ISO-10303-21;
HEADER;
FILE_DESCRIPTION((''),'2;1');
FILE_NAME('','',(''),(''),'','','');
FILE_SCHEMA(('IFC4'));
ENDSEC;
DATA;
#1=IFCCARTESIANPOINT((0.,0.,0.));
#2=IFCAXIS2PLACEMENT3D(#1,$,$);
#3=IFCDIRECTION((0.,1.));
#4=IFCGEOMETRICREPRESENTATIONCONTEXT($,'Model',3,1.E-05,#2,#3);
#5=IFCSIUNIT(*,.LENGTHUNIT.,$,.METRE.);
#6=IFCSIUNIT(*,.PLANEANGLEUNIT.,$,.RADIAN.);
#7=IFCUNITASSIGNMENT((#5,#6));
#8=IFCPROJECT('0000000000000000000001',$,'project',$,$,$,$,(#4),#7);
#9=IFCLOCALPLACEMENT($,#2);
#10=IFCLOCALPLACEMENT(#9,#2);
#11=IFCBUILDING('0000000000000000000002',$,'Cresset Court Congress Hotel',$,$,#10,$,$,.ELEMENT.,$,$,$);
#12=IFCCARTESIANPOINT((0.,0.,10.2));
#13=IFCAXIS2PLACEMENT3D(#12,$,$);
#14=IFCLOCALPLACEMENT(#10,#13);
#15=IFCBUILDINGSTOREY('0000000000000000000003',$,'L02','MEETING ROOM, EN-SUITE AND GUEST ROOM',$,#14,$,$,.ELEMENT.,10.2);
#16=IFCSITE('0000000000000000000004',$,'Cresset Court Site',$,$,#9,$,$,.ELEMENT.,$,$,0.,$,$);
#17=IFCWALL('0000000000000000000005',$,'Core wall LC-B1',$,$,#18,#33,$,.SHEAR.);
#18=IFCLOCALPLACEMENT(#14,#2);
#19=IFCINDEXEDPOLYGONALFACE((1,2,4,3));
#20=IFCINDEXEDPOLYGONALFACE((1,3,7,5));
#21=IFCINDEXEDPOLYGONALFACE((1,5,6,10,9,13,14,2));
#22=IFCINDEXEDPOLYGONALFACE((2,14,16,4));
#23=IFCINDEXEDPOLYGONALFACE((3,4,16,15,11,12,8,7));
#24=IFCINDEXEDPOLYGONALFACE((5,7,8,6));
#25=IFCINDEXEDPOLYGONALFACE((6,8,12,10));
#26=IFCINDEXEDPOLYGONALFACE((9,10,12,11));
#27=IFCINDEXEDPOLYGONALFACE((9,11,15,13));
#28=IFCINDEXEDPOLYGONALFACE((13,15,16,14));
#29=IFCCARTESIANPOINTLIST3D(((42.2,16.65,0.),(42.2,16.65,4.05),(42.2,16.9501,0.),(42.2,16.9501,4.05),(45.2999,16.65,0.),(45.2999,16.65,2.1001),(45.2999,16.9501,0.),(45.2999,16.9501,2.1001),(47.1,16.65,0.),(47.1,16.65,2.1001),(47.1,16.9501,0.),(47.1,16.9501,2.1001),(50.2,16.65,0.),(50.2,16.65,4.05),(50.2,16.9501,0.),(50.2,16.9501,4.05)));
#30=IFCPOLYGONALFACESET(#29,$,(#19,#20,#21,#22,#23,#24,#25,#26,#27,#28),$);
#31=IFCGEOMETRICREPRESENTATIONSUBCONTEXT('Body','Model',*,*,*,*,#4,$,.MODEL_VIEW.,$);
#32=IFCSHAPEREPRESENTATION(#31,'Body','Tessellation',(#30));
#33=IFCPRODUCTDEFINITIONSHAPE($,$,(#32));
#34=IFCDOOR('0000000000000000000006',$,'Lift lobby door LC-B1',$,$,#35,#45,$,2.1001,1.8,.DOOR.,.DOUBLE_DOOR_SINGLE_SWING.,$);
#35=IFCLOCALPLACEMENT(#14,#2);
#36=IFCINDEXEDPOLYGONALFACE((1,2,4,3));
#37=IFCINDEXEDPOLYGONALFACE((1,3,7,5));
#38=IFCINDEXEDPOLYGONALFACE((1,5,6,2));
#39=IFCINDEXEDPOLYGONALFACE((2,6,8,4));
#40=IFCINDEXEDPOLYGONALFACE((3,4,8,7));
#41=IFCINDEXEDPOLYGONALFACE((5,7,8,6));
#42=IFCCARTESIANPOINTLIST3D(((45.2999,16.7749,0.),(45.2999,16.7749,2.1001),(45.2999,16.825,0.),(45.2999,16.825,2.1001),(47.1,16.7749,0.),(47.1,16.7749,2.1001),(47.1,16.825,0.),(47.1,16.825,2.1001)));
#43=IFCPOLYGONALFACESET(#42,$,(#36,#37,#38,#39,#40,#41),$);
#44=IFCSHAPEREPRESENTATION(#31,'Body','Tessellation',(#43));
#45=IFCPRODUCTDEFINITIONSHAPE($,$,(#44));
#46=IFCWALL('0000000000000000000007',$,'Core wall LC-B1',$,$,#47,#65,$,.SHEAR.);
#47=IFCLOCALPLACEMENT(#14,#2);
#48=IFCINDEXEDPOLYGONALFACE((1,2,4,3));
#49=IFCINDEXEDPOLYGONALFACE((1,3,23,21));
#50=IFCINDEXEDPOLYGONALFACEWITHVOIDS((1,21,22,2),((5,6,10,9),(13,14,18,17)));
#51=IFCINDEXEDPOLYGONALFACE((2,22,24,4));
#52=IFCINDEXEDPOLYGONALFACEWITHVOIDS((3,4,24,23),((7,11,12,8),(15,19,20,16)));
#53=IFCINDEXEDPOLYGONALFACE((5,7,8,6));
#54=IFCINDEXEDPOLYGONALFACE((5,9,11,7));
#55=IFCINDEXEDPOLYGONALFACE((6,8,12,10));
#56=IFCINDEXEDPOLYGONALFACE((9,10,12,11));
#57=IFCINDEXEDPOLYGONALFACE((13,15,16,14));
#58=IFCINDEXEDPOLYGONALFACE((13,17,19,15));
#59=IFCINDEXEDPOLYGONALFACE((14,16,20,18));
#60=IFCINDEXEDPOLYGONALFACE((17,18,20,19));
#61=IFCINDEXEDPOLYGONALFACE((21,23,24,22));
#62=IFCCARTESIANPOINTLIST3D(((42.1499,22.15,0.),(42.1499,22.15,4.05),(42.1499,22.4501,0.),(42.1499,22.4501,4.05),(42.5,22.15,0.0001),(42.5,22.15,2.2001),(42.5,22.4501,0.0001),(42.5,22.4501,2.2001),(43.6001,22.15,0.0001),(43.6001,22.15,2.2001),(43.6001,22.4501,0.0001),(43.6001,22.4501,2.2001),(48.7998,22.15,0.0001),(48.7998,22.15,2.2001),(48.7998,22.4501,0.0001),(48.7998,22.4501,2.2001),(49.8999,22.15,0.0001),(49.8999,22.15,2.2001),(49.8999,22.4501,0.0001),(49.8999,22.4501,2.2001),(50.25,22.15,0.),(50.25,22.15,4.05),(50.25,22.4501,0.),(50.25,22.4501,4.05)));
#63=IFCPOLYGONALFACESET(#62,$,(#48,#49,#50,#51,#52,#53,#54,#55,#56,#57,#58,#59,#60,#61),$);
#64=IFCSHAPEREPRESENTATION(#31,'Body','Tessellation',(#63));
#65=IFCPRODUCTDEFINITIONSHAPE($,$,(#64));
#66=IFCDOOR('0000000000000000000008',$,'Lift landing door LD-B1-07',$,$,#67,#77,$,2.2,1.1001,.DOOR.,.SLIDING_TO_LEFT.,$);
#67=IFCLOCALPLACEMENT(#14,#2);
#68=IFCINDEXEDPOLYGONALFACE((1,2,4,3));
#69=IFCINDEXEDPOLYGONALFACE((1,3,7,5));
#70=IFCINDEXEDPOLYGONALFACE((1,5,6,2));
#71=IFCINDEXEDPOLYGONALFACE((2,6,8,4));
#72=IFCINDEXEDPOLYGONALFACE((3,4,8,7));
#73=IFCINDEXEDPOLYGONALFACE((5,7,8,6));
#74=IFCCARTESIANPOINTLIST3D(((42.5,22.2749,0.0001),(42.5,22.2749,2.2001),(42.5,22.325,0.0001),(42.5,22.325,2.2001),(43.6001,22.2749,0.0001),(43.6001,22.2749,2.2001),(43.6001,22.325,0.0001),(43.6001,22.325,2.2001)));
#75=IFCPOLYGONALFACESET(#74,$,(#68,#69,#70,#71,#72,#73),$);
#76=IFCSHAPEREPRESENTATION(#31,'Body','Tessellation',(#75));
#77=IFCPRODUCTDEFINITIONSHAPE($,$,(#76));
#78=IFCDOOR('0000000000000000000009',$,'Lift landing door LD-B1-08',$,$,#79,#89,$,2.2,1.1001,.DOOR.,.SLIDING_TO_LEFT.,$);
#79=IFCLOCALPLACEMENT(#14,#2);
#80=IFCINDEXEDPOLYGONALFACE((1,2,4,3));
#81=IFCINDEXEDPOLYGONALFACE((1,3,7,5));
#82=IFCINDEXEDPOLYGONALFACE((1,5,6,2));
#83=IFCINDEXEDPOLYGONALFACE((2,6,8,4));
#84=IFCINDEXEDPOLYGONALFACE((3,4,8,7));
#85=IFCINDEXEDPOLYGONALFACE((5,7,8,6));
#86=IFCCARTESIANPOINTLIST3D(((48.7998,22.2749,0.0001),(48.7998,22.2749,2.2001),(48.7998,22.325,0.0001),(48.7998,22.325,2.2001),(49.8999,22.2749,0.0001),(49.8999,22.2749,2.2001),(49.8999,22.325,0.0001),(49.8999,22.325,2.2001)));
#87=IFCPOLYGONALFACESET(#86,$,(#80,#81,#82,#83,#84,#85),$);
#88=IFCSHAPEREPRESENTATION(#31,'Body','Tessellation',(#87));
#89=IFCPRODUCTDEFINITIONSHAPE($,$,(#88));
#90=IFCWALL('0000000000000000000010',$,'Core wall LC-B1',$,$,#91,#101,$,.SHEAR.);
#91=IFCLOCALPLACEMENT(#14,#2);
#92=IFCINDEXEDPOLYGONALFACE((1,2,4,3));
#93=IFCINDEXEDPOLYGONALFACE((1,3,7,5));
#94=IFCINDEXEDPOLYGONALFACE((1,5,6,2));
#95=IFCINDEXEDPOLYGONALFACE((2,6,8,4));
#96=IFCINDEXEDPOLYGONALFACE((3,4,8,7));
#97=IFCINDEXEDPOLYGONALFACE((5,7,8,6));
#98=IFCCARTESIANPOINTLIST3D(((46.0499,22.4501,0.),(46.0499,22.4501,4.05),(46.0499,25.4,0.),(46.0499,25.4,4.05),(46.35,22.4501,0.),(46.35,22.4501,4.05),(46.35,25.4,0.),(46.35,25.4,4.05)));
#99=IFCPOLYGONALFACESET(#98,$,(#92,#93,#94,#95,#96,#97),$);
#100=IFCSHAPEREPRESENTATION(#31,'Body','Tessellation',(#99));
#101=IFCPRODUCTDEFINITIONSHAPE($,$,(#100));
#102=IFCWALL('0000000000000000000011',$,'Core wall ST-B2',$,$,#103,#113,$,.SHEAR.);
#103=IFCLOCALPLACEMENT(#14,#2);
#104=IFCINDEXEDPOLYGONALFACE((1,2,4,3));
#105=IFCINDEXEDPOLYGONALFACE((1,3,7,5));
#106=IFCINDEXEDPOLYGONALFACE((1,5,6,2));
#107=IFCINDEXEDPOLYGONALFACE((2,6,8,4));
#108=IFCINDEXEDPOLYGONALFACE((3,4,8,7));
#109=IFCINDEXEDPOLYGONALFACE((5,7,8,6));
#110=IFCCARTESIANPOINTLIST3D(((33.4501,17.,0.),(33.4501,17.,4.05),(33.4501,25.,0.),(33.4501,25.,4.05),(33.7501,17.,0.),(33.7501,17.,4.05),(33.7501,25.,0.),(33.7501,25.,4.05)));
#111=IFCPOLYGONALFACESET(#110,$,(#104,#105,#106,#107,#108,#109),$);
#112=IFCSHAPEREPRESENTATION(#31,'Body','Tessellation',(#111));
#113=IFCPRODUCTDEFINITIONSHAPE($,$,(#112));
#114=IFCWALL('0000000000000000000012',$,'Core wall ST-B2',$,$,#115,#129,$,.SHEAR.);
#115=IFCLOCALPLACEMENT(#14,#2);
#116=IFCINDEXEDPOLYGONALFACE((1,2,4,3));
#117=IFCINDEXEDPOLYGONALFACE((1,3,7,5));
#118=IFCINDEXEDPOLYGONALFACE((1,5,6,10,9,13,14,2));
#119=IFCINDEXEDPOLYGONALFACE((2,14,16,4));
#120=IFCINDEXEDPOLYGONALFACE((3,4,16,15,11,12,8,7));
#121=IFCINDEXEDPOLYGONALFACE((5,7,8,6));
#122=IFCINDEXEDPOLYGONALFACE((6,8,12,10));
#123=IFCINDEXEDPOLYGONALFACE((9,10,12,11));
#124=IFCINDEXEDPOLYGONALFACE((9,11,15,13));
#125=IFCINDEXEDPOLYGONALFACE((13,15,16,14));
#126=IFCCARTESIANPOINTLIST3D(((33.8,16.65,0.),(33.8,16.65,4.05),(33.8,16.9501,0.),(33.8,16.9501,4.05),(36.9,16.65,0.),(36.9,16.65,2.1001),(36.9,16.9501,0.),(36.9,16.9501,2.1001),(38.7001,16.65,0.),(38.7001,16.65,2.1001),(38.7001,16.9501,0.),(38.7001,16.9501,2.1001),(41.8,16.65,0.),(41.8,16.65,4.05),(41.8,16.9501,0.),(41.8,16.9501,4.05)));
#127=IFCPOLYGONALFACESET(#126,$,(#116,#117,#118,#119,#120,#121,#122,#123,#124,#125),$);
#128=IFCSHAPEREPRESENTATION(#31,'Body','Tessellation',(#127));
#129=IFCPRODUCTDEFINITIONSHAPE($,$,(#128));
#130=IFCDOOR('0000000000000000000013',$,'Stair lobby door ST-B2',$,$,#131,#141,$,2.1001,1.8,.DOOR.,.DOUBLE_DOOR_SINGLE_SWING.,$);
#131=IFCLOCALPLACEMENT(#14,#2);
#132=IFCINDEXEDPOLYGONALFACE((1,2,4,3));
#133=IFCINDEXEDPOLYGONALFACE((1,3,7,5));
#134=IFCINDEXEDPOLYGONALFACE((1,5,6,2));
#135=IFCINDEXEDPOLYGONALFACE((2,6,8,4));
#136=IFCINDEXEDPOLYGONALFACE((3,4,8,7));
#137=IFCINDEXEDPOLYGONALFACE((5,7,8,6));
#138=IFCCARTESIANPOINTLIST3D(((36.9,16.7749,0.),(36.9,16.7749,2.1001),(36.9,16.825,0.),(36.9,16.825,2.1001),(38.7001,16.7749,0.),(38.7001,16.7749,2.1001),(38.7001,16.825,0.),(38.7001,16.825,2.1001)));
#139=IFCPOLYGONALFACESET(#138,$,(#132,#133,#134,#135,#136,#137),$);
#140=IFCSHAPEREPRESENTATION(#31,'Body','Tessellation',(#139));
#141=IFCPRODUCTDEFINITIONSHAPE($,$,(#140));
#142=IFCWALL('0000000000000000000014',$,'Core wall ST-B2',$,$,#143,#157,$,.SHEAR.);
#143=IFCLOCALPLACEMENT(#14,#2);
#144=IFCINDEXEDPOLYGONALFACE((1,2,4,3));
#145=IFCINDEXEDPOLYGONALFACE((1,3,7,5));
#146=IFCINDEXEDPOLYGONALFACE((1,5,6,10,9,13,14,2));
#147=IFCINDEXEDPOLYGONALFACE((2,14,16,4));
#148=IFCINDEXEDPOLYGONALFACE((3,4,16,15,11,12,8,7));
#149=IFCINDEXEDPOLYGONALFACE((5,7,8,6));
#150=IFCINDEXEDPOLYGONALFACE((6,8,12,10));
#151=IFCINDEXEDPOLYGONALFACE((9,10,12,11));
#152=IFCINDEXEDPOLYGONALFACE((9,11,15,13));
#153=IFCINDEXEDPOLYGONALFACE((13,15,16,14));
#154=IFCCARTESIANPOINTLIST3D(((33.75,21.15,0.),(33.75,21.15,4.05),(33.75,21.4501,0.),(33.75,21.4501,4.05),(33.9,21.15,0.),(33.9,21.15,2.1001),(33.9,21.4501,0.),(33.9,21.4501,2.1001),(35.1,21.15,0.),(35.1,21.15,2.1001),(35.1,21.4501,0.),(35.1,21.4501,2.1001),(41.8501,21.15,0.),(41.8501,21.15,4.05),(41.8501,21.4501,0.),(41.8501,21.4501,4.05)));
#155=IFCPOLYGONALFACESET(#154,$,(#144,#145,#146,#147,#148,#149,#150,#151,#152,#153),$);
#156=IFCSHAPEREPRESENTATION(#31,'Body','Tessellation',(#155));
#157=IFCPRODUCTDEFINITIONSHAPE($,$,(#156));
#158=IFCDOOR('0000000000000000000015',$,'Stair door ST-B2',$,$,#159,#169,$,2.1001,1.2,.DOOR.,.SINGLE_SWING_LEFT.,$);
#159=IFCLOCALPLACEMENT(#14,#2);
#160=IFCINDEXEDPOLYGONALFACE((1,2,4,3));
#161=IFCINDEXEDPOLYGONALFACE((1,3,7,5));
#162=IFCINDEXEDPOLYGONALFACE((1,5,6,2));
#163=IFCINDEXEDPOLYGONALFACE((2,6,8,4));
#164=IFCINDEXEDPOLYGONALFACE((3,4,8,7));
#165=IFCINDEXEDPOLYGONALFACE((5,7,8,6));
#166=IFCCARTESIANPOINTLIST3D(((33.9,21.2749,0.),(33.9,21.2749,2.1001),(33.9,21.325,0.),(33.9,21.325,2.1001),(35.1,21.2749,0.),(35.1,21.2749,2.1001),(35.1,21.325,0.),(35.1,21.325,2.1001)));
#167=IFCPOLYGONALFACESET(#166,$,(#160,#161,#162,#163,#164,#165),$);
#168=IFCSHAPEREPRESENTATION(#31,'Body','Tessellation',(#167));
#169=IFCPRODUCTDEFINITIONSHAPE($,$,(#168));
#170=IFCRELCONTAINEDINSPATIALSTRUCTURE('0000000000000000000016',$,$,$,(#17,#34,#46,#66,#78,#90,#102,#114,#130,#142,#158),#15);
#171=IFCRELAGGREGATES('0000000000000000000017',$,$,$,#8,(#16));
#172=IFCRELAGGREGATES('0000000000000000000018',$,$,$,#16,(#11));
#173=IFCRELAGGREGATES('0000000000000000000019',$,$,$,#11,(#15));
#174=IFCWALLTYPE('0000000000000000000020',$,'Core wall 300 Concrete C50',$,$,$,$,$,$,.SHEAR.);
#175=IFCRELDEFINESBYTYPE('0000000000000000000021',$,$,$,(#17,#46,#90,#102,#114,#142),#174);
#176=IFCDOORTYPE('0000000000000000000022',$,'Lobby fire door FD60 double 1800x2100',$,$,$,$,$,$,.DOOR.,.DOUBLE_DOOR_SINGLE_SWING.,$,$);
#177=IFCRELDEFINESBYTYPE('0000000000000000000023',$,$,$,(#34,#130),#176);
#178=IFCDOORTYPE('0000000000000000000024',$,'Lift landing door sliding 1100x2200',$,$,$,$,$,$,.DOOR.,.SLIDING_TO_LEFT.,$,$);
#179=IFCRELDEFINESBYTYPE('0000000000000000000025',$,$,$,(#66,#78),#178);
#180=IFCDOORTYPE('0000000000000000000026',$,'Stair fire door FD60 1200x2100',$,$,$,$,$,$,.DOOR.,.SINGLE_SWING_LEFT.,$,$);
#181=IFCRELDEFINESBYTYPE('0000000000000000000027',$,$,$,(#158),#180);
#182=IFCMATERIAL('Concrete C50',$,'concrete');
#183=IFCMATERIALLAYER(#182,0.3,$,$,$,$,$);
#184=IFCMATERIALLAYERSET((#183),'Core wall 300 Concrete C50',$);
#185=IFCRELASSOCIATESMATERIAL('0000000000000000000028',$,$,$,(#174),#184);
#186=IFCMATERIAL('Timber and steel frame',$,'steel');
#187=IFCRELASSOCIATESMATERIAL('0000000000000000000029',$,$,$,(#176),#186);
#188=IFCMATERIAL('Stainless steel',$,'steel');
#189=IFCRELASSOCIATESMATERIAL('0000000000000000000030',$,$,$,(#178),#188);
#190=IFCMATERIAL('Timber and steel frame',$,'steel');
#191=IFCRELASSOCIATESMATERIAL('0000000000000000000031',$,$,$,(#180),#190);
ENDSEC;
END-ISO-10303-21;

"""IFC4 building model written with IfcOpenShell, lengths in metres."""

from ifc_helpers import new_model, si_unit, direction, frame, frame_2d, origin, place, context, subcontext, project, spatial, rectangle, extrude, material, layer, layer_set, type_object, element, fill, save


model = new_model("IFC4")

# Units and contexts
model_context = context("Model", 3, precision=1e-05, world=origin(), true_north=direction((0.0, 1.0)))
body_context = subcontext(model_context, "Body", "Model", "MODEL_VIEW")
ifc_project = project(units=[si_unit("LENGTHUNIT", "METRE"), si_unit("PLANEANGLEUNIT", "RADIAN")], contexts=[model_context])

# Site, building, storey
site_placement = place(None, origin())
site = spatial("IfcSite", under=ifc_project, at=site_placement, Name="Cresset Court Site", CompositionType="ELEMENT", RefElevation=0.0)
building_placement = place(site_placement, origin())
building = spatial("IfcBuilding", under=site, at=building_placement, Name="Cresset Court Congress Hotel", CompositionType="ELEMENT")
storey_placement = place(building_placement, frame((0.0, 0.0, 10.2)))
storey = spatial("IfcBuildingStorey", under=building, at=storey_placement, Name="L02", Description="MEETING ROOM, EN-SUITE AND GUEST ROOM", CompositionType="ELEMENT", Elevation=10.2)

# Shared definitions
ifc_material_1 = material(Name="Concrete C50", Category="concrete")
ifc_layer_1 = layer(ifc_material_1, 0.3)
ifc_layer_set_1 = layer_set([ifc_layer_1], Name="Core wall 300 Concrete C50")
wall_type_1 = type_object("IfcWallType", Name="Core wall 300 Concrete C50", PredefinedType="SHEAR", material=ifc_layer_set_1)

# Wall, opening, door
wall_1_placement = place(storey_placement, frame((42.2, 16.8, 0.0), z_axis=(0.0, 0.0, 1.0), x_axis=(1.0, 0.0, 0.0)))
wall_1 = element("IfcWall", 1, at=wall_1_placement, inside=storey, type_object=wall_type_1, Name="Core wall LC-B1", PredefinedType="SHEAR", context=body_context, shape_type="SweptSolid", body=[
    extrude(rectangle(XDim=8.0, YDim=0.3, at=frame_2d((4.0, 0.0))), origin(), (0.0, 0.0, 1.0), 4.05),
])
opening_1_placement = place(wall_1_placement, frame((3.1001, 0.0, 0.0)))
opening_1 = element("IfcOpeningElement", 2, at=opening_1_placement, cuts=wall_1, PredefinedType="OPENING", context=body_context, shape_type="SweptSolid", body=[
    extrude(rectangle(XDim=1.8, YDim=2.1001, at=frame_2d((0.8999, 1.05))), frame((0.0, 0.1599, 0.0), z_axis=(0.0, -1.0, 0.0), x_axis=(1.0, 0.0, 0.0)), (0.0, 0.0, 1.0), 0.3201),
])
ifc_material_2 = material(Name="Timber and steel frame", Category="steel")
door_type_1 = type_object("IfcDoorType", Name="Lobby fire door FD60 double 1800x2100", OperationType="DOUBLE_DOOR_SINGLE_SWING", PredefinedType="DOOR", material=ifc_material_2)
door_1_placement = place(opening_1_placement, origin())
door_1 = element("IfcDoor", 3, at=door_1_placement, inside=storey, type_object=door_type_1, Name="Lift lobby door LC-B1", OperationType="DOUBLE_DOOR_SINGLE_SWING", OverallHeight=2.1001, OverallWidth=1.8, PredefinedType="DOOR", context=body_context, shape_type="SweptSolid", body=[
    extrude(rectangle(XDim=1.8, YDim=2.1001, at=frame_2d((0.8999, 1.05))), frame((0.0, 0.0249, 0.0), z_axis=(0.0, -1.0, 0.0), x_axis=(1.0, 0.0, 0.0)), (0.0, 0.0, 1.0), 0.05),
])
fill(opening_1, door_1)

# Wall, openings, doors
wall_2_placement = place(storey_placement, frame((42.1499, 22.3, 0.0), z_axis=(0.0, 0.0, 1.0), x_axis=(1.0, 0.0, 0.0)))
wall_2 = element("IfcWall", 4, at=wall_2_placement, inside=storey, type_object=wall_type_1, Name="Core wall LC-B1", PredefinedType="SHEAR", context=body_context, shape_type="SweptSolid", body=[
    extrude(rectangle(XDim=8.1001, YDim=0.3, at=frame_2d((4.05, 0.0))), origin(), (0.0, 0.0, 1.0), 4.05),
])
opening_2_placement = place(wall_2_placement, frame((0.3501, 0.0, 0.0)))
opening_2 = element("IfcOpeningElement", 5, at=opening_2_placement, cuts=wall_2, PredefinedType="OPENING", context=body_context, shape_type="SweptSolid", body=[
    extrude(rectangle(XDim=1.1001, YDim=2.2, at=frame_2d((0.55, 1.1001))), frame((0.0, 0.1599, 0.0), z_axis=(0.0, -1.0, 0.0), x_axis=(1.0, 0.0, 0.0)), (0.0, 0.0, 1.0), 0.3201),
])
opening_3_placement = place(wall_2_placement, frame((6.6499, 0.0, 0.0)))
opening_3 = element("IfcOpeningElement", 6, at=opening_3_placement, cuts=wall_2, PredefinedType="OPENING", context=body_context, shape_type="SweptSolid", body=[
    extrude(rectangle(XDim=1.1001, YDim=2.2, at=frame_2d((0.55, 1.1001))), frame((0.0, 0.1599, 0.0), z_axis=(0.0, -1.0, 0.0), x_axis=(1.0, 0.0, 0.0)), (0.0, 0.0, 1.0), 0.3201),
])
ifc_material_3 = material(Name="Stainless steel", Category="steel")
door_type_2 = type_object("IfcDoorType", Name="Lift landing door sliding 1100x2200", OperationType="SLIDING_TO_LEFT", PredefinedType="DOOR", material=ifc_material_3)
door_2_placement = place(opening_2_placement, origin())
door_2 = element("IfcDoor", 7, at=door_2_placement, inside=storey, type_object=door_type_2, Name="Lift landing door LD-B1-07", OperationType="SLIDING_TO_LEFT", OverallHeight=2.2, OverallWidth=1.1001, PredefinedType="DOOR", context=body_context, shape_type="SweptSolid", body=[
    extrude(rectangle(XDim=1.1001, YDim=2.2, at=frame_2d((0.55, 1.1001))), frame((0.0, 0.0249, 0.0), z_axis=(0.0, -1.0, 0.0), x_axis=(1.0, 0.0, 0.0)), (0.0, 0.0, 1.0), 0.05),
])
fill(opening_2, door_2)
door_3_placement = place(opening_3_placement, origin())
door_3 = element("IfcDoor", 8, at=door_3_placement, inside=storey, type_object=door_type_2, Name="Lift landing door LD-B1-08", OperationType="SLIDING_TO_LEFT", OverallHeight=2.2, OverallWidth=1.1001, PredefinedType="DOOR", context=body_context, shape_type="SweptSolid", body=[
    extrude(rectangle(XDim=1.1001, YDim=2.2, at=frame_2d((0.55, 1.1001))), frame((0.0, 0.0249, 0.0), z_axis=(0.0, -1.0, 0.0), x_axis=(1.0, 0.0, 0.0)), (0.0, 0.0, 1.0), 0.05),
])
fill(opening_3, door_3)

# Walls
wall_3_placement = place(storey_placement, frame((46.2, 22.45, 0.0), z_axis=(0.0, 0.0, 1.0), x_axis=(0.0, 1.0, 0.0)))
element("IfcWall", 9, at=wall_3_placement, inside=storey, type_object=wall_type_1, Name="Core wall LC-B1", PredefinedType="SHEAR", context=body_context, shape_type="SweptSolid", body=[
    extrude(rectangle(XDim=2.95, YDim=0.3, at=frame_2d((1.4751, 0.0))), origin(), (0.0, 0.0, 1.0), 4.05),
])
wall_4_placement = place(storey_placement, frame((33.6001, 17.0, 0.0), z_axis=(0.0, 0.0, 1.0), x_axis=(0.0, 1.0, 0.0)))
element("IfcWall", 10, at=wall_4_placement, inside=storey, type_object=wall_type_1, Name="Core wall ST-B2", PredefinedType="SHEAR", context=body_context, shape_type="SweptSolid", body=[
    extrude(rectangle(XDim=8.0, YDim=0.3, at=frame_2d((4.0, 0.0))), origin(), (0.0, 0.0, 1.0), 4.05),
])

# Walls, openings, doors
wall_5_placement = place(storey_placement, frame((33.8, 16.8, 0.0), z_axis=(0.0, 0.0, 1.0), x_axis=(1.0, 0.0, 0.0)))
wall_5 = element("IfcWall", 11, at=wall_5_placement, inside=storey, type_object=wall_type_1, Name="Core wall ST-B2", PredefinedType="SHEAR", context=body_context, shape_type="SweptSolid", body=[
    extrude(rectangle(XDim=8.0, YDim=0.3, at=frame_2d((4.0, 0.0))), origin(), (0.0, 0.0, 1.0), 4.05),
])
opening_4_placement = place(wall_5_placement, frame((3.1001, 0.0, 0.0)))
opening_4 = element("IfcOpeningElement", 12, at=opening_4_placement, cuts=wall_5, PredefinedType="OPENING", context=body_context, shape_type="SweptSolid", body=[
    extrude(rectangle(XDim=1.8, YDim=2.1001, at=frame_2d((0.8999, 1.05))), frame((0.0, 0.1599, 0.0), z_axis=(0.0, -1.0, 0.0), x_axis=(1.0, 0.0, 0.0)), (0.0, 0.0, 1.0), 0.3201),
])
door_4_placement = place(opening_4_placement, origin())
door_4 = element("IfcDoor", 13, at=door_4_placement, inside=storey, type_object=door_type_1, Name="Stair lobby door ST-B2", OperationType="DOUBLE_DOOR_SINGLE_SWING", OverallHeight=2.1001, OverallWidth=1.8, PredefinedType="DOOR", context=body_context, shape_type="SweptSolid", body=[
    extrude(rectangle(XDim=1.8, YDim=2.1001, at=frame_2d((0.8999, 1.05))), frame((0.0, 0.0249, 0.0), z_axis=(0.0, -1.0, 0.0), x_axis=(1.0, 0.0, 0.0)), (0.0, 0.0, 1.0), 0.05),
])
fill(opening_4, door_4)
wall_6_placement = place(storey_placement, frame((33.75, 21.3, 0.0), z_axis=(0.0, 0.0, 1.0), x_axis=(1.0, 0.0, 0.0)))
wall_6 = element("IfcWall", 14, at=wall_6_placement, inside=storey, type_object=wall_type_1, Name="Core wall ST-B2", PredefinedType="SHEAR", context=body_context, shape_type="SweptSolid", body=[
    extrude(rectangle(XDim=8.1001, YDim=0.3, at=frame_2d((4.05, 0.0))), origin(), (0.0, 0.0, 1.0), 4.05),
])
opening_5_placement = place(wall_6_placement, frame((0.1499, 0.0, 0.0)))
opening_5 = element("IfcOpeningElement", 15, at=opening_5_placement, cuts=wall_6, PredefinedType="OPENING", context=body_context, shape_type="SweptSolid", body=[
    extrude(rectangle(XDim=1.2, YDim=2.1001, at=frame_2d((0.6001, 1.05))), frame((0.0, 0.1599, 0.0), z_axis=(0.0, -1.0, 0.0), x_axis=(1.0, 0.0, 0.0)), (0.0, 0.0, 1.0), 0.3201),
])
ifc_material_4 = material(Name="Timber and steel frame", Category="steel")
door_type_3 = type_object("IfcDoorType", Name="Stair fire door FD60 1200x2100", OperationType="SINGLE_SWING_LEFT", PredefinedType="DOOR", material=ifc_material_4)
door_5_placement = place(opening_5_placement, origin())
door_5 = element("IfcDoor", 16, at=door_5_placement, inside=storey, type_object=door_type_3, Name="Stair door ST-B2", OperationType="SINGLE_SWING_LEFT", OverallHeight=2.1001, OverallWidth=1.2, PredefinedType="DOOR", context=body_context, shape_type="SweptSolid", body=[
    extrude(rectangle(XDim=1.2, YDim=2.1001, at=frame_2d((0.6001, 1.05))), frame((0.0, 0.0249, 0.0), z_axis=(0.0, -1.0, 0.0), x_axis=(1.0, 0.0, 0.0)), (0.0, 0.0, 1.0), 0.05),
])
fill(opening_5, door_5)

save(model, "model.ifc")
